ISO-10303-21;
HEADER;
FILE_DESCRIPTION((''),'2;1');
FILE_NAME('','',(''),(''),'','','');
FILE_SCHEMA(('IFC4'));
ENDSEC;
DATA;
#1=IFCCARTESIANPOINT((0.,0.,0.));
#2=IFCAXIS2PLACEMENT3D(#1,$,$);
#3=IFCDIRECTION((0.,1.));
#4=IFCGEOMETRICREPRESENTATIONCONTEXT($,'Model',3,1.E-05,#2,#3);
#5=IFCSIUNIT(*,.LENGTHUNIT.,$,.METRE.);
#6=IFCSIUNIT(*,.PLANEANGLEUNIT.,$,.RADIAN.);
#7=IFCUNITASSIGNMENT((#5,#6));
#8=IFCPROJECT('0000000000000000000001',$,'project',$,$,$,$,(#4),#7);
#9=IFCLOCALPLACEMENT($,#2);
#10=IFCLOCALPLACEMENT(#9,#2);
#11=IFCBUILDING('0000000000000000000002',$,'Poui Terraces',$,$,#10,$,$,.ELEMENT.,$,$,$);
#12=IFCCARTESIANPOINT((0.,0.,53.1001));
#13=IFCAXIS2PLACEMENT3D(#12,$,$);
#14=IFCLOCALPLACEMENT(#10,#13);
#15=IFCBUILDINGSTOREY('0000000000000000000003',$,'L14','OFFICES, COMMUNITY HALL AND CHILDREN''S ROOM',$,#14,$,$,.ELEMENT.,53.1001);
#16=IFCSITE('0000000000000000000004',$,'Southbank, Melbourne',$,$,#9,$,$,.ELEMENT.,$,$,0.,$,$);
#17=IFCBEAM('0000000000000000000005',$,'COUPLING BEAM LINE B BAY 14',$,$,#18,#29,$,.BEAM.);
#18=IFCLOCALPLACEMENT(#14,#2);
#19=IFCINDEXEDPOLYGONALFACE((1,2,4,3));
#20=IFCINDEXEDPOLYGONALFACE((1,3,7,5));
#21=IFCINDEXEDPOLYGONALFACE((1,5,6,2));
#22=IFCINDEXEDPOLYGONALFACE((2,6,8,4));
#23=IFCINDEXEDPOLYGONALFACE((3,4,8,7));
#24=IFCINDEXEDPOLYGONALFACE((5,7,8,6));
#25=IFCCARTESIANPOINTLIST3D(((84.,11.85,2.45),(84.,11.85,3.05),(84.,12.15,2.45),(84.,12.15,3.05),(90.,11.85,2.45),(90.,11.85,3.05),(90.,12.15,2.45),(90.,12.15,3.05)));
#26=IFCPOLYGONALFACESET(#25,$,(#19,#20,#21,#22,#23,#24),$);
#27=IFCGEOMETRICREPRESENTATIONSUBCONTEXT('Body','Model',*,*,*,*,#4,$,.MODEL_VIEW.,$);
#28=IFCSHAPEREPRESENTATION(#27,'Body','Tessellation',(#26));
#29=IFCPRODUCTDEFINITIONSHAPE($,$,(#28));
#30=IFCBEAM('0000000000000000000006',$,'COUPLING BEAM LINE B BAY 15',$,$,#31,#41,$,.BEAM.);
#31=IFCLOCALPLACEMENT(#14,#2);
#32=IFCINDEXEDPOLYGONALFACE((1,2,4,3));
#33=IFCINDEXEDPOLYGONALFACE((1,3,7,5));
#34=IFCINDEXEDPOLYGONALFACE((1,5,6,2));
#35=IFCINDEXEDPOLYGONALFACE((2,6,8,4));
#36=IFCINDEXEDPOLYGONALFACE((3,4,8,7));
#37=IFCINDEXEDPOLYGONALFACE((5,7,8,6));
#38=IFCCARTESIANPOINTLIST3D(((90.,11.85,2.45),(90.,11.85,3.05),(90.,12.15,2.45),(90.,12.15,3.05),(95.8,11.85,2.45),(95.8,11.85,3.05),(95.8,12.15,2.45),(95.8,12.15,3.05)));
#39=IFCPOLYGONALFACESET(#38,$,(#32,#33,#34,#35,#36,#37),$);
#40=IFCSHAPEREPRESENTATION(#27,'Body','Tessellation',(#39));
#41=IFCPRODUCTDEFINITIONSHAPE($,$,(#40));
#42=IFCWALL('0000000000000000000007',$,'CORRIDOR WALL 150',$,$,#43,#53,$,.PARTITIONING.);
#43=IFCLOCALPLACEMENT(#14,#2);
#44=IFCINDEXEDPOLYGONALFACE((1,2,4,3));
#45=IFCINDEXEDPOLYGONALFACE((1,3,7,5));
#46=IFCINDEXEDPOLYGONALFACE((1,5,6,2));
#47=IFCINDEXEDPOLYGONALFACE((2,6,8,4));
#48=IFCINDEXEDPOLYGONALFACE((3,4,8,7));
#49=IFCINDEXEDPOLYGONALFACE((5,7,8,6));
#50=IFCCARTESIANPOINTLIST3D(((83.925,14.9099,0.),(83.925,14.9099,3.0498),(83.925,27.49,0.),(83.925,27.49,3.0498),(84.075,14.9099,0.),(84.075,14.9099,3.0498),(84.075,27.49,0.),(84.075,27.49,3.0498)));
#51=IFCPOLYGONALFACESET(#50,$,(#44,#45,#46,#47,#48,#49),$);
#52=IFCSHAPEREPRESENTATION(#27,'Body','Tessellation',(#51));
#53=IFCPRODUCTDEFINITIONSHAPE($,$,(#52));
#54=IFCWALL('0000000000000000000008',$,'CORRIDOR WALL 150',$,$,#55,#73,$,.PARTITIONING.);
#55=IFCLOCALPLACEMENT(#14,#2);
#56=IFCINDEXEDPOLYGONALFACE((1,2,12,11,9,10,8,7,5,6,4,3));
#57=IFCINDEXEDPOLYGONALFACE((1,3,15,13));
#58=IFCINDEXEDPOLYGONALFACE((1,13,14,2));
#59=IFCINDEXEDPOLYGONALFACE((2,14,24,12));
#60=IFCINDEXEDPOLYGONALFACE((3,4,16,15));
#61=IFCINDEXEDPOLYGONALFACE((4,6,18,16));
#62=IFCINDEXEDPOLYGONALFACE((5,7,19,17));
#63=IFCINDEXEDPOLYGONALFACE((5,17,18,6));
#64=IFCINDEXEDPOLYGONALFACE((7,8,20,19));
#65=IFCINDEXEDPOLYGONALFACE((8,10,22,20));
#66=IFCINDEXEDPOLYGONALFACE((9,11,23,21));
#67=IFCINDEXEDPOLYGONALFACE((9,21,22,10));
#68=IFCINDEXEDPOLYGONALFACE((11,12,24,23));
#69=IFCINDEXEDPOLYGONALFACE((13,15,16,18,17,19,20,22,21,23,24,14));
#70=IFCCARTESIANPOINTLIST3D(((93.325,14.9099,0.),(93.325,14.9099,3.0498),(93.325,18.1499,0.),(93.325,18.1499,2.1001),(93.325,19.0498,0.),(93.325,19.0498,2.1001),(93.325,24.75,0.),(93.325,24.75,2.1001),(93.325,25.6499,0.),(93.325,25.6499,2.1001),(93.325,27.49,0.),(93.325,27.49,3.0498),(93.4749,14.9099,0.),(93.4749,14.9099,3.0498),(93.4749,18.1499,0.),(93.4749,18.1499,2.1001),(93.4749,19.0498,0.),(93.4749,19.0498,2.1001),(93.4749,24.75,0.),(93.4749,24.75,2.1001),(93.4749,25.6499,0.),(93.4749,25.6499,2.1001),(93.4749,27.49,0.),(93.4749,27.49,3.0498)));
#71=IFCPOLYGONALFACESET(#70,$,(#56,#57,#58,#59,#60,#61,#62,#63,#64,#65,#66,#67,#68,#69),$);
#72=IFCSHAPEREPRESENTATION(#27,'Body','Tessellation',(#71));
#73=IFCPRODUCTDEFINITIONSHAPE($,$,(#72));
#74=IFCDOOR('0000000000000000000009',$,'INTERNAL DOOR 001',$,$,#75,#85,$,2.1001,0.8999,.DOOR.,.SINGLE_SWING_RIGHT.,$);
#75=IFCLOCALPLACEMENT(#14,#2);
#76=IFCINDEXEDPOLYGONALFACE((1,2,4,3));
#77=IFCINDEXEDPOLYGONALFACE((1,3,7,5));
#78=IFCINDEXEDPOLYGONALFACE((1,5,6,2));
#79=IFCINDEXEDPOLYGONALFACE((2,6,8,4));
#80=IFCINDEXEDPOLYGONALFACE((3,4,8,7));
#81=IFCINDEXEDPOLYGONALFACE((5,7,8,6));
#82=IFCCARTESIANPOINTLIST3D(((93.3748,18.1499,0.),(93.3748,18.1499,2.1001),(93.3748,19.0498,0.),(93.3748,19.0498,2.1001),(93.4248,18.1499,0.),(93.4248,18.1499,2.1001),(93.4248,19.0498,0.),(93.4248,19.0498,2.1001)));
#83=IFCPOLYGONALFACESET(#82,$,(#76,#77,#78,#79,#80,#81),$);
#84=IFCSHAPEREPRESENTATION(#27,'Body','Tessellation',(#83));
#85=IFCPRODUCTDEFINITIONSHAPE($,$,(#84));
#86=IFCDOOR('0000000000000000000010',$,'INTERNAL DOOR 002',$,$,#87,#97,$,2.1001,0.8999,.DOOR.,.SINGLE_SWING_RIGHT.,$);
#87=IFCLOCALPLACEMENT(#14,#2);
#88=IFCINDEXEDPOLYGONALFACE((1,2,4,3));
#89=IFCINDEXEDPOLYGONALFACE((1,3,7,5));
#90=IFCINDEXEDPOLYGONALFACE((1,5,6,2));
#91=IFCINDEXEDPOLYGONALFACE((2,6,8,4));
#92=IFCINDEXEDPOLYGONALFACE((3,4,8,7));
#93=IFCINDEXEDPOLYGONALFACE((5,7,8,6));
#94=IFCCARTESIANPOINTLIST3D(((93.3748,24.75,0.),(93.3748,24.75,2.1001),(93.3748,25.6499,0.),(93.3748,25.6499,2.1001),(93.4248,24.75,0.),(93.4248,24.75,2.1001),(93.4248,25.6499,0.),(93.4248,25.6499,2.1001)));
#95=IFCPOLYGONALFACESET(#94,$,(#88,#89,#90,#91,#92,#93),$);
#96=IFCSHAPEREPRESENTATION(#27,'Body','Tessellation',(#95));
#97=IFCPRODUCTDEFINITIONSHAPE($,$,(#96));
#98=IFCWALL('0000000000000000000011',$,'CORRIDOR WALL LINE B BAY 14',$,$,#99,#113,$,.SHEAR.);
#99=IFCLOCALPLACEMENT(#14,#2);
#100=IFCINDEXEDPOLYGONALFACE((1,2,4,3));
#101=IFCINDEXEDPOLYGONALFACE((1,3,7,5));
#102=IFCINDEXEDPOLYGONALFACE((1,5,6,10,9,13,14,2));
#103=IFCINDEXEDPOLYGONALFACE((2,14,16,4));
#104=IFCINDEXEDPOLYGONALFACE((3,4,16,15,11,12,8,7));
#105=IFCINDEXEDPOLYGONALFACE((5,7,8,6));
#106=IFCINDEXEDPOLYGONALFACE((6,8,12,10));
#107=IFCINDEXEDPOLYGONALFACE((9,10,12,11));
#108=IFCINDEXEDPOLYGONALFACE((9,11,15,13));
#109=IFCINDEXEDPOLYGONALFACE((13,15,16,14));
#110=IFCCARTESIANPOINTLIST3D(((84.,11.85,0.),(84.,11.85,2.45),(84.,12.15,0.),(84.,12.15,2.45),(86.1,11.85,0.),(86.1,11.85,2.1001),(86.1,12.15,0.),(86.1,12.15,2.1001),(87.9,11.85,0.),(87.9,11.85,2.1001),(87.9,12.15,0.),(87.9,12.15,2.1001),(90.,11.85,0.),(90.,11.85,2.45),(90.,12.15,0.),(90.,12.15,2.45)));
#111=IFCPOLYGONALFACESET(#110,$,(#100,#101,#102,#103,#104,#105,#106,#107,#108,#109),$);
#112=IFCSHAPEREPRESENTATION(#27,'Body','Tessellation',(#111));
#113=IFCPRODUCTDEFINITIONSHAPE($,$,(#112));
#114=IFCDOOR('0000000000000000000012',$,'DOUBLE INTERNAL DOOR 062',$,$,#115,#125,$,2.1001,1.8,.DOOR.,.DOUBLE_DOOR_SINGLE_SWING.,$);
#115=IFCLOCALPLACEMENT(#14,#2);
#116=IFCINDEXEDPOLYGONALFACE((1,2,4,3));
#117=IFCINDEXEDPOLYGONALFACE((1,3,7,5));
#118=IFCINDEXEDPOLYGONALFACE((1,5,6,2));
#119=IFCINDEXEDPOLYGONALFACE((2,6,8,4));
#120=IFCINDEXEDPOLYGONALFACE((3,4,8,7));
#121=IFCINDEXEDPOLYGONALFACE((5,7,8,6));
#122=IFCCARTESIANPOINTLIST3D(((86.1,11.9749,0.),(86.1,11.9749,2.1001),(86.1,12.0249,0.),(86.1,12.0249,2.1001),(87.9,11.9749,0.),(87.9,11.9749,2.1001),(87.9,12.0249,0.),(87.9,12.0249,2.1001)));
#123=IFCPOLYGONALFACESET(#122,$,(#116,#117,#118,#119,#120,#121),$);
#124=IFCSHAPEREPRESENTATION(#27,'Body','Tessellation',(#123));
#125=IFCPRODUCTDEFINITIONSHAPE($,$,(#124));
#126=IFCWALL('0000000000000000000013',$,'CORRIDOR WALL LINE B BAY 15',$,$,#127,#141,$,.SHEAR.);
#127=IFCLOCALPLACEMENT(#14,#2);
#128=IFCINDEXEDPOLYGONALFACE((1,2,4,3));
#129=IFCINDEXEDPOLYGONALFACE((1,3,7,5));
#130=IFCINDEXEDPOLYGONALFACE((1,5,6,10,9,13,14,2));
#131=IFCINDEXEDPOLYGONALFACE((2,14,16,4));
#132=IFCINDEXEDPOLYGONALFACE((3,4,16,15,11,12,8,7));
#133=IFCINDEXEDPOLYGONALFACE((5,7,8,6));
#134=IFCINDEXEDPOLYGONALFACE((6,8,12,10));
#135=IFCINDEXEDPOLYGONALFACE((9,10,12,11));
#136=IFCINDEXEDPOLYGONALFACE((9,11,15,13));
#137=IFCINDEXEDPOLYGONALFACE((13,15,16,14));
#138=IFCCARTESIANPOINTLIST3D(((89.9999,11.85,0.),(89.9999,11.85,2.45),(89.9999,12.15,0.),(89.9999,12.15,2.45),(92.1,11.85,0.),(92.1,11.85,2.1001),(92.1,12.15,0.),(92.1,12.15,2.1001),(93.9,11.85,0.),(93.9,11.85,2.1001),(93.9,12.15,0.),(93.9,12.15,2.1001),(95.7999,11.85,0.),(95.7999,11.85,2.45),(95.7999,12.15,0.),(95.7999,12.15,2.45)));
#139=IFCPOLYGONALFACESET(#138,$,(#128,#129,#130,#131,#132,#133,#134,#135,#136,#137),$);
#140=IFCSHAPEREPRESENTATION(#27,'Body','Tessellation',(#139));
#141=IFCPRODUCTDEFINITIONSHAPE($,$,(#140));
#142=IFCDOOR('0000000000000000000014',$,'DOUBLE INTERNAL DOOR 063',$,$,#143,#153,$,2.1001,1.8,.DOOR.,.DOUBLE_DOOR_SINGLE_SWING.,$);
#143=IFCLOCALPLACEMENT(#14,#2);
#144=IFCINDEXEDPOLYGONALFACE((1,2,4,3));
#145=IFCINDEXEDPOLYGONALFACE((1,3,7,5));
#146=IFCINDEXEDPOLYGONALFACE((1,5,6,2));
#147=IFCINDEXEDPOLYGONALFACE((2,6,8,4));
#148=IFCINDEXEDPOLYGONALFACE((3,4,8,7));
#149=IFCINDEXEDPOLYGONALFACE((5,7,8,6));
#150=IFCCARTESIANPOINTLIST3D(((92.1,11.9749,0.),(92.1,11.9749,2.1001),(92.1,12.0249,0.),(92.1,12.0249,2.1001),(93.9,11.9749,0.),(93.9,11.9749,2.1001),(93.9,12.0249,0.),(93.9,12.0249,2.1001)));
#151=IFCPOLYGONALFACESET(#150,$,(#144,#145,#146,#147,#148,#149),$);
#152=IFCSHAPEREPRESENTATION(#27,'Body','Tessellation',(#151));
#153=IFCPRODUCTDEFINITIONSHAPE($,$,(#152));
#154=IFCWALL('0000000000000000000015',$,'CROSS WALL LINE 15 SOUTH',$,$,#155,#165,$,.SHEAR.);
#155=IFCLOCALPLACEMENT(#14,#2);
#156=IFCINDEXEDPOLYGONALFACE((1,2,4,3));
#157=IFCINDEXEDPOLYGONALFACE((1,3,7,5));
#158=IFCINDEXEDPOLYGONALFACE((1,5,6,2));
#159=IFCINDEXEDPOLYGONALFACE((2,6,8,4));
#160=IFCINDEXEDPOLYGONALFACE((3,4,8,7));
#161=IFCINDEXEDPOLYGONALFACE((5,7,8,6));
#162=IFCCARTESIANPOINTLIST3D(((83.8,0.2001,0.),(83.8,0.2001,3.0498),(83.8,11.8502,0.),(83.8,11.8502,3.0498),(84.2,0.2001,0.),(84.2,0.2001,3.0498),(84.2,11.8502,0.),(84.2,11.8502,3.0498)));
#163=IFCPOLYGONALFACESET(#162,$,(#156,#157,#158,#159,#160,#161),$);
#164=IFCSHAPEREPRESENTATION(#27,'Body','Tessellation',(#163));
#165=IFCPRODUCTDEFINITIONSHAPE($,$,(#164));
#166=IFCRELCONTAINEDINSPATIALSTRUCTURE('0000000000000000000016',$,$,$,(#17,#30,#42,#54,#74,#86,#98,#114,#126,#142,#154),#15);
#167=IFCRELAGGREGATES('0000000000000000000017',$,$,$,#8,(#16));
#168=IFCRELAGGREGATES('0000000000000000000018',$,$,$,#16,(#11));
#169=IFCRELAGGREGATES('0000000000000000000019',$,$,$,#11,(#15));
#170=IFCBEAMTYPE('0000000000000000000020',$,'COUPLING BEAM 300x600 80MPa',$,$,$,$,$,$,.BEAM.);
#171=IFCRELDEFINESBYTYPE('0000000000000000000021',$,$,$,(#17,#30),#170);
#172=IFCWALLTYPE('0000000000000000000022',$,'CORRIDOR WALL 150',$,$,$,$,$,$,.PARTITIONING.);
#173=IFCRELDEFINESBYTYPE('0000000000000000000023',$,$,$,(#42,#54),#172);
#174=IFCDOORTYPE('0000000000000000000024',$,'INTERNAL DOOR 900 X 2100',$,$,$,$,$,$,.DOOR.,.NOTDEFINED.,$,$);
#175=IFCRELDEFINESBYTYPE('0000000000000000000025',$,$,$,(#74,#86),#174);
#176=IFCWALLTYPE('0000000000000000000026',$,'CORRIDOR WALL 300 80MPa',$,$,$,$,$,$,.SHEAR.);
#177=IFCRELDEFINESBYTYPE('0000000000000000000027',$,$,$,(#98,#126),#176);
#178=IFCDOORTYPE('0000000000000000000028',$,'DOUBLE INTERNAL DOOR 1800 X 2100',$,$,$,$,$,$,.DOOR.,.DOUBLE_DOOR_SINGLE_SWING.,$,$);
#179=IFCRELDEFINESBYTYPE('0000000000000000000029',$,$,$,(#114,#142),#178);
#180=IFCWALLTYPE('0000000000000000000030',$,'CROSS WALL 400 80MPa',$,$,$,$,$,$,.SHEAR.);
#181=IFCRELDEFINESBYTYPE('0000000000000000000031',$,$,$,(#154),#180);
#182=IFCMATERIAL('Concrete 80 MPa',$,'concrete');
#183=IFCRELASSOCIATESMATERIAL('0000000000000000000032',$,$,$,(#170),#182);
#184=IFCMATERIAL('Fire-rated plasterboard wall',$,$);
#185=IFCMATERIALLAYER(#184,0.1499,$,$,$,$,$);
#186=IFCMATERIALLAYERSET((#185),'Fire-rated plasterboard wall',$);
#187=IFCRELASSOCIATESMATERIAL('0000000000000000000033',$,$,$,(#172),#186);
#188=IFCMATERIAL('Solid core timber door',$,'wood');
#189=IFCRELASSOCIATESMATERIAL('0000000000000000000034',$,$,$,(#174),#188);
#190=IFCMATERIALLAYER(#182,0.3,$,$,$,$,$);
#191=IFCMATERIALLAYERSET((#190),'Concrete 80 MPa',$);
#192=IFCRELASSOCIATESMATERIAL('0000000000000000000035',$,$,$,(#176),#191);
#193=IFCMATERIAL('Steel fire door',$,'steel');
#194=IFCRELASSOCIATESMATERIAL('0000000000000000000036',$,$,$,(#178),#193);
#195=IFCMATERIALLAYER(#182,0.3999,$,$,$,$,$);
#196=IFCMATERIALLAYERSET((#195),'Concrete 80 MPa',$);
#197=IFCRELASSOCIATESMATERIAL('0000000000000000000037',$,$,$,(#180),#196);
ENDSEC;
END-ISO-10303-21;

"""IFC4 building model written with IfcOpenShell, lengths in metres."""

from ifc_helpers import new_model, si_unit, direction, frame, frame_2d, origin, origin_2d, place, context, subcontext, project, spatial, rectangle, extrude, source, transform, mapped, material, layer, layer_set, material_profile, profile_set, type_object, element, fill, save


model = new_model("IFC4")

# Units and contexts
model_context = context("Model", 3, precision=1e-05, world=origin(), true_north=direction((0.0, 1.0)))
body_context = subcontext(model_context, "Body", "Model", "MODEL_VIEW")
ifc_project = project(units=[si_unit("LENGTHUNIT", "METRE"), si_unit("PLANEANGLEUNIT", "RADIAN")], contexts=[model_context])

# Site, building, storey
site_placement = place(None, origin())
site = spatial("IfcSite", under=ifc_project, at=site_placement, Name="Southbank, Melbourne", CompositionType="ELEMENT", RefElevation=0.0)
building_placement = place(site_placement, origin())
building = spatial("IfcBuilding", under=site, at=building_placement, Name="Poui Terraces", CompositionType="ELEMENT")
storey_placement = place(building_placement, frame((0.0, 0.0, 53.1001)))
storey = spatial("IfcBuildingStorey", under=building, at=storey_placement, Name="L14", Description="OFFICES, COMMUNITY HALL AND CHILDREN'S ROOM", CompositionType="ELEMENT", Elevation=53.1001)

# Beams
ifc_material_1 = material(Name="Concrete 80 MPa", Category="concrete")
ifc_material_profile = material_profile(ifc_material_1, rectangle(XDim=0.3, YDim=0.6001, at=origin_2d()), Name="RC 300x600")
ifc_profile_set = profile_set([ifc_material_profile], Name="Concrete 80 MPa")
beam_type = type_object("IfcBeamType", Name="COUPLING BEAM 300x600 80MPa", PredefinedType="BEAM", material=ifc_profile_set)
shared_shape_1 = source(origin(), body_context, "Body", "SweptSolid", [
    extrude(rectangle(XDim=0.3, YDim=0.6001, at=origin_2d()), origin(), (0.0, 0.0, 1.0), 6.0),
])
beam_1_placement = place(storey_placement, frame((84.0, 12.0, 2.75), z_axis=(1.0, 0.0, 0.0), x_axis=(0.0, 1.0, 0.0)))
element("IfcBeam", 1, at=beam_1_placement, inside=storey, type_object=beam_type, Name="COUPLING BEAM LINE B BAY 14", PredefinedType="BEAM", context=body_context, shape_type="MappedRepresentation", body=[
    mapped(shared_shape_1, transform((0.0, 0.0, 0.0))),
])
shared_shape_2 = source(origin(), body_context, "Body", "SweptSolid", [
    extrude(rectangle(XDim=0.3, YDim=0.6001, at=origin_2d()), origin(), (0.0, 0.0, 1.0), 5.8),
])
beam_2_placement = place(storey_placement, frame((90.0, 12.0, 2.75), z_axis=(1.0, 0.0, 0.0), x_axis=(0.0, 1.0, 0.0)))
element("IfcBeam", 2, at=beam_2_placement, inside=storey, type_object=beam_type, Name="COUPLING BEAM LINE B BAY 15", PredefinedType="BEAM", context=body_context, shape_type="MappedRepresentation", body=[
    mapped(shared_shape_2, transform((0.0, 0.0, 0.0))),
])

# Wall
ifc_material_2 = material(Name="Fire-rated plasterboard wall")
ifc_layer_1 = layer(ifc_material_2, 0.1499)
ifc_layer_set_1 = layer_set([ifc_layer_1], Name="Fire-rated plasterboard wall")
wall_type_1 = type_object("IfcWallType", Name="CORRIDOR WALL 150", PredefinedType="PARTITIONING", material=ifc_layer_set_1)
wall_1_placement = place(storey_placement, frame((84.0, 14.9099, 0.0), z_axis=(0.0, 0.0, 1.0), x_axis=(0.0, 1.0, 0.0)))
element("IfcWall", 3, at=wall_1_placement, inside=storey, type_object=wall_type_1, Name="CORRIDOR WALL 150", PredefinedType="PARTITIONING", context=body_context, shape_type="SweptSolid", body=[
    extrude(rectangle(XDim=12.5801, YDim=0.1499, at=frame_2d((6.29, 0.0))), origin(), (0.0, 0.0, 1.0), 3.0498),
])

# Wall, openings, doors
wall_2_placement = place(storey_placement, frame((93.3999, 14.9099, 0.0), z_axis=(0.0, 0.0, 1.0), x_axis=(0.0, 1.0, 0.0)))
wall_2 = element("IfcWall", 4, at=wall_2_placement, inside=storey, type_object=wall_type_1, Name="CORRIDOR WALL 150", PredefinedType="PARTITIONING", context=body_context, shape_type="SweptSolid", body=[
    extrude(rectangle(XDim=12.5801, YDim=0.1499, at=frame_2d((6.29, 0.0))), origin(), (0.0, 0.0, 1.0), 3.0498),
])
opening_1_placement = place(wall_2_placement, frame((3.24, 0.0, 0.0)))
opening_1 = element("IfcOpeningElement", 5, at=opening_1_placement, cuts=wall_2, PredefinedType="OPENING", context=body_context, shape_type="SweptSolid", body=[
    extrude(rectangle(XDim=0.8999, YDim=2.1001, at=frame_2d((0.45, 1.05))), frame((0.0, 0.085, 0.0), z_axis=(0.0, -1.0, 0.0), x_axis=(1.0, 0.0, 0.0)), (0.0, 0.0, 1.0), 0.1699),
])
opening_2_placement = place(wall_2_placement, frame((9.8401, 0.0, 0.0)))
opening_2 = element("IfcOpeningElement", 6, at=opening_2_placement, cuts=wall_2, PredefinedType="OPENING", context=body_context, shape_type="SweptSolid", body=[
    extrude(rectangle(XDim=0.8999, YDim=2.1001, at=frame_2d((0.45, 1.05))), frame((0.0, 0.085, 0.0), z_axis=(0.0, -1.0, 0.0), x_axis=(1.0, 0.0, 0.0)), (0.0, 0.0, 1.0), 0.1699),
])
ifc_material_3 = material(Name="Solid core timber door", Category="wood")
door_type_1 = type_object("IfcDoorType", Name="INTERNAL DOOR 900 X 2100", OperationType="NOTDEFINED", PredefinedType="DOOR", material=ifc_material_3)
door_1_placement = place(opening_1_placement, frame((0.8999, 0.0, 0.0), z_axis=(0.0, 0.0, 1.0), x_axis=(-1.0, 0.0, 0.0)))
door_1 = element("IfcDoor", 7, at=door_1_placement, inside=storey, type_object=door_type_1, Name="INTERNAL DOOR 001", OperationType="SINGLE_SWING_RIGHT", OverallHeight=2.1001, OverallWidth=0.8999, PredefinedType="DOOR", context=body_context, shape_type="SweptSolid", body=[
    extrude(rectangle(XDim=0.8999, YDim=2.1001, at=frame_2d((0.45, 1.05))), frame((0.0, 0.0249, 0.0), z_axis=(0.0, -1.0, 0.0), x_axis=(1.0, 0.0, 0.0)), (0.0, 0.0, 1.0), 0.05),
])
fill(opening_1, door_1)
door_2_placement = place(opening_2_placement, frame((0.8999, 0.0, 0.0), z_axis=(0.0, 0.0, 1.0), x_axis=(-1.0, 0.0, 0.0)))
door_2 = element("IfcDoor", 8, at=door_2_placement, inside=storey, type_object=door_type_1, Name="INTERNAL DOOR 002", OperationType="SINGLE_SWING_RIGHT", OverallHeight=2.1001, OverallWidth=0.8999, PredefinedType="DOOR", context=body_context, shape_type="SweptSolid", body=[
    extrude(rectangle(XDim=0.8999, YDim=2.1001, at=frame_2d((0.45, 1.05))), frame((0.0, 0.0249, 0.0), z_axis=(0.0, -1.0, 0.0), x_axis=(1.0, 0.0, 0.0)), (0.0, 0.0, 1.0), 0.05),
])
fill(opening_2, door_2)

# Walls, openings, doors
ifc_layer_2 = layer(ifc_material_1, 0.3)
ifc_layer_set_2 = layer_set([ifc_layer_2], Name="Concrete 80 MPa")
wall_type_2 = type_object("IfcWallType", Name="CORRIDOR WALL 300 80MPa", PredefinedType="SHEAR", material=ifc_layer_set_2)
wall_3_placement = place(storey_placement, frame((84.0, 12.0, 0.0), z_axis=(0.0, 0.0, 1.0), x_axis=(1.0, 0.0, 0.0)))
wall_3 = element("IfcWall", 9, at=wall_3_placement, inside=storey, type_object=wall_type_2, Name="CORRIDOR WALL LINE B BAY 14", PredefinedType="SHEAR", context=body_context, shape_type="SweptSolid", body=[
    extrude(rectangle(XDim=6.0, YDim=0.3, at=frame_2d((3.0, 0.0))), origin(), (0.0, 0.0, 1.0), 2.45),
])
opening_3_placement = place(wall_3_placement, frame((2.1001, 0.0, 0.0)))
opening_3 = element("IfcOpeningElement", 10, at=opening_3_placement, cuts=wall_3, PredefinedType="OPENING", context=body_context, shape_type="SweptSolid", body=[
    extrude(rectangle(XDim=1.8, YDim=2.1001, at=frame_2d((0.8999, 1.05))), frame((0.0, 0.1602, 0.0), z_axis=(0.0, -1.0, 0.0), x_axis=(1.0, 0.0, 0.0)), (0.0, 0.0, 1.0), 0.3201),
])
ifc_material_4 = material(Name="Steel fire door", Category="steel")
door_type_2 = type_object("IfcDoorType", Name="DOUBLE INTERNAL DOOR 1800 X 2100", OperationType="DOUBLE_DOOR_SINGLE_SWING", PredefinedType="DOOR", material=ifc_material_4)
door_3_placement = place(opening_3_placement, origin())
door_3 = element("IfcDoor", 11, at=door_3_placement, inside=storey, type_object=door_type_2, Name="DOUBLE INTERNAL DOOR 062", OperationType="DOUBLE_DOOR_SINGLE_SWING", OverallHeight=2.1001, OverallWidth=1.8, PredefinedType="DOOR", context=body_context, shape_type="SweptSolid", body=[
    extrude(rectangle(XDim=1.8, YDim=2.1001, at=frame_2d((0.8999, 1.05))), frame((0.0, 0.0249, 0.0), z_axis=(0.0, -1.0, 0.0), x_axis=(1.0, 0.0, 0.0)), (0.0, 0.0, 1.0), 0.05),
])
fill(opening_3, door_3)
wall_4_placement = place(storey_placement, frame((90.0, 12.0, 0.0), z_axis=(0.0, 0.0, 1.0), x_axis=(1.0, 0.0, 0.0)))
wall_4 = element("IfcWall", 12, at=wall_4_placement, inside=storey, type_object=wall_type_2, Name="CORRIDOR WALL LINE B BAY 15", PredefinedType="SHEAR", context=body_context, shape_type="SweptSolid", body=[
    extrude(rectangle(XDim=5.8, YDim=0.3, at=frame_2d((2.8999, 0.0))), origin(), (0.0, 0.0, 1.0), 2.45),
])
opening_4_placement = place(wall_4_placement, frame((2.1001, 0.0, 0.0)))
opening_4 = element("IfcOpeningElement", 13, at=opening_4_placement, cuts=wall_4, PredefinedType="OPENING", context=body_context, shape_type="SweptSolid", body=[
    extrude(rectangle(XDim=1.8, YDim=2.1001, at=frame_2d((0.8999, 1.05))), frame((0.0, 0.1602, 0.0), z_axis=(0.0, -1.0, 0.0), x_axis=(1.0, 0.0, 0.0)), (0.0, 0.0, 1.0), 0.3201),
])
door_4_placement = place(opening_4_placement, origin())
door_4 = element("IfcDoor", 14, at=door_4_placement, inside=storey, type_object=door_type_2, Name="DOUBLE INTERNAL DOOR 063", OperationType="DOUBLE_DOOR_SINGLE_SWING", OverallHeight=2.1001, OverallWidth=1.8, PredefinedType="DOOR", context=body_context, shape_type="SweptSolid", body=[
    extrude(rectangle(XDim=1.8, YDim=2.1001, at=frame_2d((0.8999, 1.05))), frame((0.0, 0.0249, 0.0), z_axis=(0.0, -1.0, 0.0), x_axis=(1.0, 0.0, 0.0)), (0.0, 0.0, 1.0), 0.05),
])
fill(opening_4, door_4)

# Wall
ifc_layer_3 = layer(ifc_material_1, 0.3999)
ifc_layer_set_3 = layer_set([ifc_layer_3], Name="Concrete 80 MPa")
wall_type_3 = type_object("IfcWallType", Name="CROSS WALL 400 80MPa", PredefinedType="SHEAR", material=ifc_layer_set_3)
for number, where, z_axis, x_axis, name in (
    (15, (84.0, 0.2, 0.0), (0.0, 0.0, 1.0), (0.0, 1.0, 0.0), "CROSS WALL LINE 15 SOUTH"),
):
    element("IfcWall", number, at=place(storey_placement, frame(where, z_axis=z_axis, x_axis=x_axis)), inside=storey, type_object=wall_type_3, Name=name, PredefinedType="SHEAR", context=body_context, shape_type="SweptSolid", body=[
        extrude(rectangle(XDim=11.6501, YDim=0.3999, at=frame_2d((5.8252, 0.0))), origin(), (0.0, 0.0, 1.0), 3.0498),
    ])

save(model, "model.ifc")
